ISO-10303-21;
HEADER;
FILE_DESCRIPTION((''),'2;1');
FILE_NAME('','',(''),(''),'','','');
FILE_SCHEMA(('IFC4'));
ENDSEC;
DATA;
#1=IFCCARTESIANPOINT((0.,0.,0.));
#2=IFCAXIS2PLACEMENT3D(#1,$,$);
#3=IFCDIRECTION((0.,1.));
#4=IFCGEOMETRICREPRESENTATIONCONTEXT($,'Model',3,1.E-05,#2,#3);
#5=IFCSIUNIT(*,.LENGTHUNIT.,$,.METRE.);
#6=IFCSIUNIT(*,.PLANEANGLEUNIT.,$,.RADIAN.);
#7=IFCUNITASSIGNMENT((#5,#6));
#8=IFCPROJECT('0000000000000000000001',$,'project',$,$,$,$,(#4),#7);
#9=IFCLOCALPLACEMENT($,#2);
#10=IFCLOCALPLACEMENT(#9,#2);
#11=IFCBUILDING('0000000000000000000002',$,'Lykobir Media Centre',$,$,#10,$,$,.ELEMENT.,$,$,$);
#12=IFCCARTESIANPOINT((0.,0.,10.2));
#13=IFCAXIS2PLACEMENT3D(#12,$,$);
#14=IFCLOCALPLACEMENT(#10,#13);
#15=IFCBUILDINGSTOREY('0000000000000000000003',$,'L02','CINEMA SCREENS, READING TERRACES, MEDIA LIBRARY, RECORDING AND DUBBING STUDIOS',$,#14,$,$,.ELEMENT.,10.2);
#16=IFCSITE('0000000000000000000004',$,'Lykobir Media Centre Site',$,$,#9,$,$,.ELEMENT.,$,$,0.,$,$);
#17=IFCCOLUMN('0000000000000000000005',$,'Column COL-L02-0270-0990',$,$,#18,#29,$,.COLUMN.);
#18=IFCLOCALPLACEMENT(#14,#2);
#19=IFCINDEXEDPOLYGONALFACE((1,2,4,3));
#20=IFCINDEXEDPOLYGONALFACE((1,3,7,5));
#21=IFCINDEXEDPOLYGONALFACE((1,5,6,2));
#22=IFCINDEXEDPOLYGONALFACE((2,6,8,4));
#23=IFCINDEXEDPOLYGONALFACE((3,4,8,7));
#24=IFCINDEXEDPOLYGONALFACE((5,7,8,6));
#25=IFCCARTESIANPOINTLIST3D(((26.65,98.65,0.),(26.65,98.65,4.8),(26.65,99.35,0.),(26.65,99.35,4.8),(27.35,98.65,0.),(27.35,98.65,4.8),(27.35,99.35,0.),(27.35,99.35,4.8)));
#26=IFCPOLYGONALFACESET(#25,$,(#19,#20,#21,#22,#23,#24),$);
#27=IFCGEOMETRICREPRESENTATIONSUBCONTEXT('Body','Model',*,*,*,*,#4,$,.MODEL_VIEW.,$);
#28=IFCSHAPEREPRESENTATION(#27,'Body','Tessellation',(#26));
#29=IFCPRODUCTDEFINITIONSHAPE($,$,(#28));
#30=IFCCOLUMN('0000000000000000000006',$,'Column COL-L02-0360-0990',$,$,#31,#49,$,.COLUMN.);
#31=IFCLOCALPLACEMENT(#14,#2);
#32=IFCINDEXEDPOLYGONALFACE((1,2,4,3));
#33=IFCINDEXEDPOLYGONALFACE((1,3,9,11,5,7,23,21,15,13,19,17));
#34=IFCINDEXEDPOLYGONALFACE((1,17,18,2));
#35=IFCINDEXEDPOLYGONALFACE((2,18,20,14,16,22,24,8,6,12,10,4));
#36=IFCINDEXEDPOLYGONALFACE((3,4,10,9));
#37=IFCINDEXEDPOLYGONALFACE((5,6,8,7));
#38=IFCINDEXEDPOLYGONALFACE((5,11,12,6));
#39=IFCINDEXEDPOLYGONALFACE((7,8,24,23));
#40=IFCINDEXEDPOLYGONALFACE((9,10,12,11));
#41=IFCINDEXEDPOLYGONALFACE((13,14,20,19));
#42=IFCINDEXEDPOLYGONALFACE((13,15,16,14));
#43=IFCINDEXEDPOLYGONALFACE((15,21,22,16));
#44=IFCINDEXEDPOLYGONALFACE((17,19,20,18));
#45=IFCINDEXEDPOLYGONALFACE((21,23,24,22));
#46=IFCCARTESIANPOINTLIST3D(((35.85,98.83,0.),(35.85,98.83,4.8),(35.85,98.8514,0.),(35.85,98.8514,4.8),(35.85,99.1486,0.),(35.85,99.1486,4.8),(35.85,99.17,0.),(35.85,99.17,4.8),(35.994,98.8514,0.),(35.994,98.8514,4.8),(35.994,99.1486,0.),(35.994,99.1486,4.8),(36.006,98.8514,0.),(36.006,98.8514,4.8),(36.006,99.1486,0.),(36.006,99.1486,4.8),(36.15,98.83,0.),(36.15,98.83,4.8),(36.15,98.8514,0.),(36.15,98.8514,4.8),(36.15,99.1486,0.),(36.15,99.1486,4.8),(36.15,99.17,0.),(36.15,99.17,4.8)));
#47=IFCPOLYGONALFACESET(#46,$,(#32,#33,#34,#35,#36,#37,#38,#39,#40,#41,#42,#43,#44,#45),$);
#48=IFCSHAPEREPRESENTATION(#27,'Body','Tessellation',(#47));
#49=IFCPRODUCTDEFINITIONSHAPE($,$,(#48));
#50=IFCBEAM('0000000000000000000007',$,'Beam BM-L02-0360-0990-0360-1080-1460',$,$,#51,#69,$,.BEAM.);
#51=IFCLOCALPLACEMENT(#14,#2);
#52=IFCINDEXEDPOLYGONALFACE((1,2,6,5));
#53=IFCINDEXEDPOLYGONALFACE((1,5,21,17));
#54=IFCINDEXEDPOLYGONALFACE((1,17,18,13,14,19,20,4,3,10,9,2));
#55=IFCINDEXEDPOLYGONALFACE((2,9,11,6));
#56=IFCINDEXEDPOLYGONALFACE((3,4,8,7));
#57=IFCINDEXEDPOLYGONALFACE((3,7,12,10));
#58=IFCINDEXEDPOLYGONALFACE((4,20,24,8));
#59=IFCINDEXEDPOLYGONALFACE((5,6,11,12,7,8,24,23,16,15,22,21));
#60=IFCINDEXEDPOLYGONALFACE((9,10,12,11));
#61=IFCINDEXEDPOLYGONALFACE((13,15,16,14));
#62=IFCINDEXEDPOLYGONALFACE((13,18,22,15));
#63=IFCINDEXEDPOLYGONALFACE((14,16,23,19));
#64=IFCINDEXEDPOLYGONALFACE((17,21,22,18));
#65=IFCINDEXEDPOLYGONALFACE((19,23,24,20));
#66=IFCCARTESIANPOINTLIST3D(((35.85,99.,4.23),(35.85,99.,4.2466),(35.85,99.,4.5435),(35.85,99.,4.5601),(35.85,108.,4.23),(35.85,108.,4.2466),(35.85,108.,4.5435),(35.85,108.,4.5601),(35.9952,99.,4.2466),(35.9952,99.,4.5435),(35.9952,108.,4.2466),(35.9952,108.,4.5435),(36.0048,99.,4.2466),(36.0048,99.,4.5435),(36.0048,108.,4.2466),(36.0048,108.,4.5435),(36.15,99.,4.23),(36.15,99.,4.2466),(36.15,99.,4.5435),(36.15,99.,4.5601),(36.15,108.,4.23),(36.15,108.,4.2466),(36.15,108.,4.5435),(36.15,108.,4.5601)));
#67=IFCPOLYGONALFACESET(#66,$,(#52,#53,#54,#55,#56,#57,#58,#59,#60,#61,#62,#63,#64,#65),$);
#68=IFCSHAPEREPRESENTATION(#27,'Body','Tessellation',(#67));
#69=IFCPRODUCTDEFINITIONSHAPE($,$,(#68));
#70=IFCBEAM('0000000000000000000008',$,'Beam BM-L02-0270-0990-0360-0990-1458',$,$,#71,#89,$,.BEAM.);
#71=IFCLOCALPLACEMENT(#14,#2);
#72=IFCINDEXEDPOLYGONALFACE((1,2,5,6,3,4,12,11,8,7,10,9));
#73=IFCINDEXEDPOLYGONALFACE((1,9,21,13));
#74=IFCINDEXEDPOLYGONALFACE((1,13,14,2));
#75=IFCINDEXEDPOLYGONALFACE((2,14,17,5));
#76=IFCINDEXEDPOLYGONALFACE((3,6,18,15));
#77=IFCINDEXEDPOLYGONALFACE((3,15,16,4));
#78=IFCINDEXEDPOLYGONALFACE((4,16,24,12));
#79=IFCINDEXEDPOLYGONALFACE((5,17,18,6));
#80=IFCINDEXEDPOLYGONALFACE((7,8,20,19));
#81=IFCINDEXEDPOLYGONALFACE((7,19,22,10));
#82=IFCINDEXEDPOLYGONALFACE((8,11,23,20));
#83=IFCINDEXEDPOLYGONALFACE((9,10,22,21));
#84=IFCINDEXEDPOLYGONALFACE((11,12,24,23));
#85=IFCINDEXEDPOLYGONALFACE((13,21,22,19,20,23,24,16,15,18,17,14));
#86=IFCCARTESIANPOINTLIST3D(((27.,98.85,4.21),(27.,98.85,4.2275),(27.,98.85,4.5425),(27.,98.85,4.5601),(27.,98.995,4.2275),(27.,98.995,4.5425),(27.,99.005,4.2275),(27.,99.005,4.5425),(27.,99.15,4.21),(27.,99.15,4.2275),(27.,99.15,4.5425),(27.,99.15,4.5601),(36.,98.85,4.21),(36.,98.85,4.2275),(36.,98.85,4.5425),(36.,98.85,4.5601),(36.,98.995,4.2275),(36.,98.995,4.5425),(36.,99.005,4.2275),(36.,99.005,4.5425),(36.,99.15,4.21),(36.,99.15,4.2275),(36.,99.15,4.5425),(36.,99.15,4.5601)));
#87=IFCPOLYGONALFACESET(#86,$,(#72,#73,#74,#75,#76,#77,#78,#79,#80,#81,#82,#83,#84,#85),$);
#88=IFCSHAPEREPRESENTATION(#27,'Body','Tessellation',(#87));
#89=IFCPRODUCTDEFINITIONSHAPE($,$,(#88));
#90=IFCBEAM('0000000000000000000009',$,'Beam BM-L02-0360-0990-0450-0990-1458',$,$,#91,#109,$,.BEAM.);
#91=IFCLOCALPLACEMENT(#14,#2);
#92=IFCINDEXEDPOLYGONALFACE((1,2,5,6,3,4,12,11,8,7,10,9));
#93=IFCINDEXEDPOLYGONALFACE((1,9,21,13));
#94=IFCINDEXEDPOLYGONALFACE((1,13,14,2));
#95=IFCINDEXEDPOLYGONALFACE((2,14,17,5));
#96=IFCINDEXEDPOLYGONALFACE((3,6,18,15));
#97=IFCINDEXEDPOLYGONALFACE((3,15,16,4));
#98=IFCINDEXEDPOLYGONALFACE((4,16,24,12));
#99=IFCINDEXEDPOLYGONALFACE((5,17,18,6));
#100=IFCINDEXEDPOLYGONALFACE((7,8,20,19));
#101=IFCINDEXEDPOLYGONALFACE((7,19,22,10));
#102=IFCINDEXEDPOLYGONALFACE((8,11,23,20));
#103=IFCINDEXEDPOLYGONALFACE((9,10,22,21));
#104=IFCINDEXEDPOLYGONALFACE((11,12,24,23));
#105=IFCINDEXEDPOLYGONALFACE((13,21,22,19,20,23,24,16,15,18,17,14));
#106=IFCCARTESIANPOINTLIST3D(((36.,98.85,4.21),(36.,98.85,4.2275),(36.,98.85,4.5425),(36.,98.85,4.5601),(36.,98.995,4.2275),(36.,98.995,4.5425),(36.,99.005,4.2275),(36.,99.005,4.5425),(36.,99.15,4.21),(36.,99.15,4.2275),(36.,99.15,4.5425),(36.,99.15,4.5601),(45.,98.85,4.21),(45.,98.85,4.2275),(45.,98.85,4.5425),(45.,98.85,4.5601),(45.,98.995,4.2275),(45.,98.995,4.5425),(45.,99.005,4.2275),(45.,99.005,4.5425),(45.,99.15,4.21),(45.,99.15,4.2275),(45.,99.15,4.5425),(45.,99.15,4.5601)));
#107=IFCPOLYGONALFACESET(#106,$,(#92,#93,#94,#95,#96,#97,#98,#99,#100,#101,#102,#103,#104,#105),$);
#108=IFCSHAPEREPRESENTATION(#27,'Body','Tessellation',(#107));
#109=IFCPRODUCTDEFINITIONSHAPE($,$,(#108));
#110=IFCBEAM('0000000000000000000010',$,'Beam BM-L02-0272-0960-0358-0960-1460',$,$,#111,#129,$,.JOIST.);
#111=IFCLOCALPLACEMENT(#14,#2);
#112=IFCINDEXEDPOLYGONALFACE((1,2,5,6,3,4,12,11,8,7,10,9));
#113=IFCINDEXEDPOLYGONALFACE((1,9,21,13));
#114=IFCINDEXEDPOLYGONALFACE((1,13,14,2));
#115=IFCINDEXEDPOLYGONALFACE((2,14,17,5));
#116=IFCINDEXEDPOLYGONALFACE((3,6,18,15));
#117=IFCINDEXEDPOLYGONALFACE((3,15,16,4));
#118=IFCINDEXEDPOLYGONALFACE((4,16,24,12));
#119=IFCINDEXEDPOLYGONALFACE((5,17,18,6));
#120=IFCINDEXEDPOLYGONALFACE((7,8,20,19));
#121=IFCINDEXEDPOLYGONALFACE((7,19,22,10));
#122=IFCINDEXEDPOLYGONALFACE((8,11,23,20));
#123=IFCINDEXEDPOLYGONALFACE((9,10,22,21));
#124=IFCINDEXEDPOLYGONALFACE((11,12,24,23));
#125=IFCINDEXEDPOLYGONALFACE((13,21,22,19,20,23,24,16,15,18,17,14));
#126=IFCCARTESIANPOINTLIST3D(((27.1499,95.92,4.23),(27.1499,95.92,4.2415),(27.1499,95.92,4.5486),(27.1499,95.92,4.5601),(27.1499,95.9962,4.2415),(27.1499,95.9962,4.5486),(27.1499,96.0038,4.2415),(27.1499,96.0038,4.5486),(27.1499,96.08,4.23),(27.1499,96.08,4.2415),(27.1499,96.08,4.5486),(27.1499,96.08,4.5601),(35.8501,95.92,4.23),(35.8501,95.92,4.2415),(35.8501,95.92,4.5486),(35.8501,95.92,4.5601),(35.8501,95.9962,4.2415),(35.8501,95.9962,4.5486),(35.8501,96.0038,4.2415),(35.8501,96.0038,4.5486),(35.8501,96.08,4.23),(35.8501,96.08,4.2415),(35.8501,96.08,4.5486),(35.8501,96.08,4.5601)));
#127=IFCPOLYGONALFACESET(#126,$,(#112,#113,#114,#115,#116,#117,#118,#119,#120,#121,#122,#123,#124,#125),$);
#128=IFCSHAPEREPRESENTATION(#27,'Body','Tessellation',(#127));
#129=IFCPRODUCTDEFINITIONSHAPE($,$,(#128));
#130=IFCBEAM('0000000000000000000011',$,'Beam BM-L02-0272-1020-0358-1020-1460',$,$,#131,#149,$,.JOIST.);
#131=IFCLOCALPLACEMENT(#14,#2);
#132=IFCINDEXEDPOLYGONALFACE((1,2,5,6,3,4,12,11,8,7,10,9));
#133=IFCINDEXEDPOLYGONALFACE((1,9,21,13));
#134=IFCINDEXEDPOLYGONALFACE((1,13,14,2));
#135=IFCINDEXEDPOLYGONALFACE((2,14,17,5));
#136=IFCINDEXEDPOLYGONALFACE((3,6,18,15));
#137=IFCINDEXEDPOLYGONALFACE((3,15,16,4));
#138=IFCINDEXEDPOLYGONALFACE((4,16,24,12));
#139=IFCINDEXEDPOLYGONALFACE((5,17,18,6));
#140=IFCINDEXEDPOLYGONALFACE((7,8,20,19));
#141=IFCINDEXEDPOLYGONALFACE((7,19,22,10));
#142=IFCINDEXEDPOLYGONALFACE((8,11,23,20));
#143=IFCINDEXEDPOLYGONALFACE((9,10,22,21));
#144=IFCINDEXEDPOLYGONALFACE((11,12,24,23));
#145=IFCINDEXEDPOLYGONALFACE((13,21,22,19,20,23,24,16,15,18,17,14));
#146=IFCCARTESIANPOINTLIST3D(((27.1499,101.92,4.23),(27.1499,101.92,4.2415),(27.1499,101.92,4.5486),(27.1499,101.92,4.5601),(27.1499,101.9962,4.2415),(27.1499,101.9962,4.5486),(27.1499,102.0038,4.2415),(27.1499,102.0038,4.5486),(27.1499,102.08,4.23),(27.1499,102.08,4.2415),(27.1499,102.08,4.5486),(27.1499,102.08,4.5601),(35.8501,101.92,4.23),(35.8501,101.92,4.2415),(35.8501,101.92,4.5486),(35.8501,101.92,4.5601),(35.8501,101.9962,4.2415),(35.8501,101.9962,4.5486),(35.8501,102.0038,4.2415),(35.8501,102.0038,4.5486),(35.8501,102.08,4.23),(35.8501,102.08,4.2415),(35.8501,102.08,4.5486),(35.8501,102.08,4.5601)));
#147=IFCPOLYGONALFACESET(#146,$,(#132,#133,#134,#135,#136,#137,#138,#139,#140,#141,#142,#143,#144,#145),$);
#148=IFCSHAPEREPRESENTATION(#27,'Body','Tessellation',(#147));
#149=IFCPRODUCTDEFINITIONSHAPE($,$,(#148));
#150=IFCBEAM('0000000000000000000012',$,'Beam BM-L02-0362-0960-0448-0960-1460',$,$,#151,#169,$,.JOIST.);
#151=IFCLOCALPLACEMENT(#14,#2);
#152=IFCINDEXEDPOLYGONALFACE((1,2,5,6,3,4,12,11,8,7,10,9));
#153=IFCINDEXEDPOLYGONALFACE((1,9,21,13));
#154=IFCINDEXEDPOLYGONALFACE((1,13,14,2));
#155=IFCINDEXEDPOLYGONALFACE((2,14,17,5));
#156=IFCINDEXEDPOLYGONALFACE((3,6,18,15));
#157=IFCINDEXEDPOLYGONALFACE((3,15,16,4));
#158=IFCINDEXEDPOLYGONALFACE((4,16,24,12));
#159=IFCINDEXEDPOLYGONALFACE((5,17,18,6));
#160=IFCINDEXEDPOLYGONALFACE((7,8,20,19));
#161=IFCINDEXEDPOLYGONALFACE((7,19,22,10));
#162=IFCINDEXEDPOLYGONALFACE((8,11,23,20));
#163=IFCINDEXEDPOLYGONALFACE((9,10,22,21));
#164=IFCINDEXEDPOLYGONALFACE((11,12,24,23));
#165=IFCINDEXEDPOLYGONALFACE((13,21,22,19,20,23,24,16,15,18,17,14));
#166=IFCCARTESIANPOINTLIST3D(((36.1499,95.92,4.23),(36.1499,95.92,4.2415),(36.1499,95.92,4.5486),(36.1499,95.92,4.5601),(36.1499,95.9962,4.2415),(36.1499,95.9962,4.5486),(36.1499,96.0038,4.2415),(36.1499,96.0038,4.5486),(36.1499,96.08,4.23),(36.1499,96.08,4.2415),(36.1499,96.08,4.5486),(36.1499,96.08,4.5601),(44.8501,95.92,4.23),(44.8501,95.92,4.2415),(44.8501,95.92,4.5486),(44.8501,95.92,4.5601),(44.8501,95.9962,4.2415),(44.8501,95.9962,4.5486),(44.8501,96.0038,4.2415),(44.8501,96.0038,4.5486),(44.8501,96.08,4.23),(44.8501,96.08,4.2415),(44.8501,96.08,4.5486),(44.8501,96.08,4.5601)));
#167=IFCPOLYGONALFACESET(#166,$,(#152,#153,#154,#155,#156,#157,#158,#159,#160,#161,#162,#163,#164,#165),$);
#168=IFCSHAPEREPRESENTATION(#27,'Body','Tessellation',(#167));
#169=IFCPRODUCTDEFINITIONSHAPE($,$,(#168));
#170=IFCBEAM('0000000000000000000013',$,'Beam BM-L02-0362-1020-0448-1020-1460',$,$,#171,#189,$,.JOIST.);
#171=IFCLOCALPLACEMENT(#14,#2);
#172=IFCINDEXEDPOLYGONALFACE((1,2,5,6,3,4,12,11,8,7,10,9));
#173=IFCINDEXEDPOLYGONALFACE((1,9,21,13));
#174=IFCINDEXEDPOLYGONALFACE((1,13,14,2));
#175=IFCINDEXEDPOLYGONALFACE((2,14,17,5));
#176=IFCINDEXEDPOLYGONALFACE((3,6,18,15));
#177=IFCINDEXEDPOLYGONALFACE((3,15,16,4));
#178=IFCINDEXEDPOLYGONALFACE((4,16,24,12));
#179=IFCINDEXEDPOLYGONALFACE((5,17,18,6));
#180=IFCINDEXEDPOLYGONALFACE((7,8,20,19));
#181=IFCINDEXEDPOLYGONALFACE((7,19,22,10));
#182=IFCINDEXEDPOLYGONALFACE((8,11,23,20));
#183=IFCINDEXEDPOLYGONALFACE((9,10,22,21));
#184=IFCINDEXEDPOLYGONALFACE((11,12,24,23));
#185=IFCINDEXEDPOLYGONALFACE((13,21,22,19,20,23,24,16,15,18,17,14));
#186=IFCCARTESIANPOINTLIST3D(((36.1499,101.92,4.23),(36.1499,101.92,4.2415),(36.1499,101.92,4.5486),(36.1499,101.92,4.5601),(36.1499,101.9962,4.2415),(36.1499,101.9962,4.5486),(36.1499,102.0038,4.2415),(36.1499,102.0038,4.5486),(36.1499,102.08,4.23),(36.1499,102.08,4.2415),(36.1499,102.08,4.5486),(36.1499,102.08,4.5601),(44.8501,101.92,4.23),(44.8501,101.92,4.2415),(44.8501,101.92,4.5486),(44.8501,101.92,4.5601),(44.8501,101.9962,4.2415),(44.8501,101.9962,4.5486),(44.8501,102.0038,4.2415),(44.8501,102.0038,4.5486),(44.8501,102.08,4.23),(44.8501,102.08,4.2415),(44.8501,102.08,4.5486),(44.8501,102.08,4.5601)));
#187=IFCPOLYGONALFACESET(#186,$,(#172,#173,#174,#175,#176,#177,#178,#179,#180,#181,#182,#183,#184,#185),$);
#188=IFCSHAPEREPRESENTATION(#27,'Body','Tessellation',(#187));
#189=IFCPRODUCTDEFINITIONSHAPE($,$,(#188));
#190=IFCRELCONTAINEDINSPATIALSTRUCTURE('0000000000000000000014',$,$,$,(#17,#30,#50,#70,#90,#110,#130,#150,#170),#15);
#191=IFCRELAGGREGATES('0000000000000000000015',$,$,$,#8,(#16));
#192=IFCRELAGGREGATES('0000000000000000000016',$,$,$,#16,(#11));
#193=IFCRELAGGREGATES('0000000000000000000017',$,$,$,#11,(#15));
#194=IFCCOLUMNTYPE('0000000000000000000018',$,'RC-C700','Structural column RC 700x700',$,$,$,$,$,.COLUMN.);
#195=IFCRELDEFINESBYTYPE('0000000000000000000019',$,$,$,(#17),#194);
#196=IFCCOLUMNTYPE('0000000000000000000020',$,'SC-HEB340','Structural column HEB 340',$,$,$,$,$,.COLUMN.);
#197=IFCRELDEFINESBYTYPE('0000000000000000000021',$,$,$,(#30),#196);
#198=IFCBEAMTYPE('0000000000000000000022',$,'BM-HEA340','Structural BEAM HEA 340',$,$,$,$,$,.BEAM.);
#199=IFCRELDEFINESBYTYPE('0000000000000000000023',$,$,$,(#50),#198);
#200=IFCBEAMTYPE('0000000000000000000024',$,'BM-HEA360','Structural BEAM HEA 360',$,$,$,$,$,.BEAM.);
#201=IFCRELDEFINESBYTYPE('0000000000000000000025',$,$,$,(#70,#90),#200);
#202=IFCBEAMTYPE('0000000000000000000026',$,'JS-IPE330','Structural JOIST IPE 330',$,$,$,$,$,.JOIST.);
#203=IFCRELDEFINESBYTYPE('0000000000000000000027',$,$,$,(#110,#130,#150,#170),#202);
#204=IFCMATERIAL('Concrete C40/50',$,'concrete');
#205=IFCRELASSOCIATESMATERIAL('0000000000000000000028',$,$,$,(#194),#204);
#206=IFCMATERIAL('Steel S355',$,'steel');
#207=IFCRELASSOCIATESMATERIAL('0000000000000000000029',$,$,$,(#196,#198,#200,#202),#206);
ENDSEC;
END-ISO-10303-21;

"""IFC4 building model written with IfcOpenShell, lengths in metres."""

from ifc_helpers import new_model, si_unit, direction, frame, origin, origin_2d, place, context, subcontext, project, spatial, rectangle, i_section, extrude, material, material_profile, profile_set, type_object, element, save


model = new_model("IFC4")

# Units and contexts
model_context = context("Model", 3, precision=1e-05, world=origin(), true_north=direction((0.0, 1.0)))
body_context = subcontext(model_context, "Body", "Model", "MODEL_VIEW")
ifc_project = project(units=[si_unit("LENGTHUNIT", "METRE"), si_unit("PLANEANGLEUNIT", "RADIAN")], contexts=[model_context])

# Site, building, storey
site_placement = place(None, origin())
site = spatial("IfcSite", under=ifc_project, at=site_placement, Name="Lykobir Media Centre Site", CompositionType="ELEMENT", RefElevation=0.0)
building_placement = place(site_placement, origin())
building = spatial("IfcBuilding", under=site, at=building_placement, Name="Lykobir Media Centre", CompositionType="ELEMENT")
storey_placement = place(building_placement, frame((0.0, 0.0, 10.2)))
storey = spatial("IfcBuildingStorey", under=building, at=storey_placement, Name="L02", Description="CINEMA SCREENS, READING TERRACES, MEDIA LIBRARY, RECORDING AND DUBBING STUDIOS", CompositionType="ELEMENT", Elevation=10.2)

# Columns
ifc_material_1 = material(Name="Concrete C40/50", Category="concrete")
ifc_material_profile_1 = material_profile(ifc_material_1, rectangle(XDim=0.7, YDim=0.7, at=origin_2d()), Name="RC 700x700")
ifc_profile_set_1 = profile_set([ifc_material_profile_1], Name="Concrete C40/50")
column_type_1 = type_object("IfcColumnType", Name="RC-C700", Description="Structural column RC 700x700", PredefinedType="COLUMN", material=ifc_profile_set_1)
column_1_placement = place(storey_placement, frame((27.0, 99.0, 0.0), z_axis=(0.0, 0.0, 1.0), x_axis=(1.0, 0.0, 0.0)))
element("IfcColumn", 1, at=column_1_placement, inside=storey, type_object=column_type_1, Name="Column COL-L02-0270-0990", PredefinedType="COLUMN", context=body_context, shape_type="SweptSolid", body=[
    extrude(rectangle(XDim=0.7, YDim=0.7, at=origin_2d()), origin(), (0.0, 0.0, 1.0), 4.8),
])
ifc_material_2 = material(Name="Steel S355", Category="steel")
ifc_material_profile_2 = material_profile(ifc_material_2, i_section(OverallWidth=0.3, OverallDepth=0.3401, WebThickness=0.012, FlangeThickness=0.0215, at=origin_2d()), Name="HEB 340")
ifc_profile_set_2 = profile_set([ifc_material_profile_2], Name="Steel S355")
column_type_2 = type_object("IfcColumnType", Name="SC-HEB340", Description="Structural column HEB 340", PredefinedType="COLUMN", material=ifc_profile_set_2)
column_2_placement = place(storey_placement, frame((36.0, 99.0, 0.0), z_axis=(0.0, 0.0, 1.0), x_axis=(1.0, 0.0, 0.0)))
element("IfcColumn", 2, at=column_2_placement, inside=storey, type_object=column_type_2, Name="Column COL-L02-0360-0990", PredefinedType="COLUMN", context=body_context, shape_type="SweptSolid", body=[
    extrude(i_section(OverallWidth=0.3, OverallDepth=0.3401, WebThickness=0.012, FlangeThickness=0.0215, at=origin_2d()), origin(), (0.0, 0.0, 1.0), 4.8),
])

# Beams
ifc_material_profile_3 = material_profile(ifc_material_2, i_section(OverallWidth=0.3, OverallDepth=0.3301, WebThickness=0.0095, FlangeThickness=0.0166, at=origin_2d()), Name="HEA 340")
ifc_profile_set_3 = profile_set([ifc_material_profile_3], Name="Steel S355")
beam_type_1 = type_object("IfcBeamType", Name="BM-HEA340", Description="Structural BEAM HEA 340", PredefinedType="BEAM", material=ifc_profile_set_3)
beam_1_placement = place(storey_placement, frame((36.0, 99.0, 4.395), z_axis=(0.0, 1.0, 0.0), x_axis=(-1.0, 0.0, 0.0)))
element("IfcBeam", 3, at=beam_1_placement, inside=storey, type_object=beam_type_1, Name="Beam BM-L02-0360-0990-0360-1080-1460", PredefinedType="BEAM", context=body_context, shape_type="SweptSolid", body=[
    extrude(i_section(OverallWidth=0.3, OverallDepth=0.3301, WebThickness=0.0095, FlangeThickness=0.0166, at=origin_2d()), origin(), (0.0, 0.0, 1.0), 9.0),
])
ifc_material_profile_4 = material_profile(ifc_material_2, i_section(OverallWidth=0.3, OverallDepth=0.3501, WebThickness=0.01, FlangeThickness=0.0176, at=origin_2d()), Name="HEA 360")
ifc_profile_set_4 = profile_set([ifc_material_profile_4], Name="Steel S355")
beam_type_2 = type_object("IfcBeamType", Name="BM-HEA360", Description="Structural BEAM HEA 360", PredefinedType="BEAM", material=ifc_profile_set_4)
for number, where, z_axis, x_axis, name in (
    (4, (27.0, 99.0, 4.385), (1.0, 0.0, 0.0), (0.0, 1.0, 0.0), "Beam BM-L02-0270-0990-0360-0990-1458"),
    (5, (36.0, 99.0, 4.385), (1.0, 0.0, 0.0), (0.0, 1.0, 0.0), "Beam BM-L02-0360-0990-0450-0990-1458"),
):
    element("IfcBeam", number, at=place(storey_placement, frame(where, z_axis=z_axis, x_axis=x_axis)), inside=storey, type_object=beam_type_2, Name=name, PredefinedType="BEAM", context=body_context, shape_type="SweptSolid", body=[
        extrude(i_section(OverallWidth=0.3, OverallDepth=0.3501, WebThickness=0.01, FlangeThickness=0.0176, at=origin_2d()), origin(), (0.0, 0.0, 1.0), 9.0),
    ])
ifc_material_profile_5 = material_profile(ifc_material_2, i_section(OverallWidth=0.1599, OverallDepth=0.3301, WebThickness=0.0076, FlangeThickness=0.0115, at=origin_2d()), Name="IPE 330")
ifc_profile_set_5 = profile_set([ifc_material_profile_5], Name="Steel S355")
beam_type_3 = type_object("IfcBeamType", Name="JS-IPE330", Description="Structural JOIST IPE 330", PredefinedType="JOIST", material=ifc_profile_set_5)
for number, where, z_axis, x_axis, name in (
    (6, (27.1499, 96.0, 4.395), (1.0, 0.0, 0.0), (0.0, 1.0, 0.0), "Beam BM-L02-0272-0960-0358-0960-1460"),
    (7, (27.1499, 102.0, 4.395), (1.0, 0.0, 0.0), (0.0, 1.0, 0.0), "Beam BM-L02-0272-1020-0358-1020-1460"),
    (8, (36.1499, 96.0, 4.395), (1.0, 0.0, 0.0), (0.0, 1.0, 0.0), "Beam BM-L02-0362-0960-0448-0960-1460"),
    (9, (36.1499, 102.0, 4.395), (1.0, 0.0, 0.0), (0.0, 1.0, 0.0), "Beam BM-L02-0362-1020-0448-1020-1460"),
):
    element("IfcBeam", number, at=place(storey_placement, frame(where, z_axis=z_axis, x_axis=x_axis)), inside=storey, type_object=beam_type_3, Name=name, PredefinedType="JOIST", context=body_context, shape_type="SweptSolid", body=[
        extrude(i_section(OverallWidth=0.1599, OverallDepth=0.3301, WebThickness=0.0076, FlangeThickness=0.0115, at=origin_2d()), origin(), (0.0, 0.0, 1.0), 8.7002),
    ])

save(model, "model.ifc")
